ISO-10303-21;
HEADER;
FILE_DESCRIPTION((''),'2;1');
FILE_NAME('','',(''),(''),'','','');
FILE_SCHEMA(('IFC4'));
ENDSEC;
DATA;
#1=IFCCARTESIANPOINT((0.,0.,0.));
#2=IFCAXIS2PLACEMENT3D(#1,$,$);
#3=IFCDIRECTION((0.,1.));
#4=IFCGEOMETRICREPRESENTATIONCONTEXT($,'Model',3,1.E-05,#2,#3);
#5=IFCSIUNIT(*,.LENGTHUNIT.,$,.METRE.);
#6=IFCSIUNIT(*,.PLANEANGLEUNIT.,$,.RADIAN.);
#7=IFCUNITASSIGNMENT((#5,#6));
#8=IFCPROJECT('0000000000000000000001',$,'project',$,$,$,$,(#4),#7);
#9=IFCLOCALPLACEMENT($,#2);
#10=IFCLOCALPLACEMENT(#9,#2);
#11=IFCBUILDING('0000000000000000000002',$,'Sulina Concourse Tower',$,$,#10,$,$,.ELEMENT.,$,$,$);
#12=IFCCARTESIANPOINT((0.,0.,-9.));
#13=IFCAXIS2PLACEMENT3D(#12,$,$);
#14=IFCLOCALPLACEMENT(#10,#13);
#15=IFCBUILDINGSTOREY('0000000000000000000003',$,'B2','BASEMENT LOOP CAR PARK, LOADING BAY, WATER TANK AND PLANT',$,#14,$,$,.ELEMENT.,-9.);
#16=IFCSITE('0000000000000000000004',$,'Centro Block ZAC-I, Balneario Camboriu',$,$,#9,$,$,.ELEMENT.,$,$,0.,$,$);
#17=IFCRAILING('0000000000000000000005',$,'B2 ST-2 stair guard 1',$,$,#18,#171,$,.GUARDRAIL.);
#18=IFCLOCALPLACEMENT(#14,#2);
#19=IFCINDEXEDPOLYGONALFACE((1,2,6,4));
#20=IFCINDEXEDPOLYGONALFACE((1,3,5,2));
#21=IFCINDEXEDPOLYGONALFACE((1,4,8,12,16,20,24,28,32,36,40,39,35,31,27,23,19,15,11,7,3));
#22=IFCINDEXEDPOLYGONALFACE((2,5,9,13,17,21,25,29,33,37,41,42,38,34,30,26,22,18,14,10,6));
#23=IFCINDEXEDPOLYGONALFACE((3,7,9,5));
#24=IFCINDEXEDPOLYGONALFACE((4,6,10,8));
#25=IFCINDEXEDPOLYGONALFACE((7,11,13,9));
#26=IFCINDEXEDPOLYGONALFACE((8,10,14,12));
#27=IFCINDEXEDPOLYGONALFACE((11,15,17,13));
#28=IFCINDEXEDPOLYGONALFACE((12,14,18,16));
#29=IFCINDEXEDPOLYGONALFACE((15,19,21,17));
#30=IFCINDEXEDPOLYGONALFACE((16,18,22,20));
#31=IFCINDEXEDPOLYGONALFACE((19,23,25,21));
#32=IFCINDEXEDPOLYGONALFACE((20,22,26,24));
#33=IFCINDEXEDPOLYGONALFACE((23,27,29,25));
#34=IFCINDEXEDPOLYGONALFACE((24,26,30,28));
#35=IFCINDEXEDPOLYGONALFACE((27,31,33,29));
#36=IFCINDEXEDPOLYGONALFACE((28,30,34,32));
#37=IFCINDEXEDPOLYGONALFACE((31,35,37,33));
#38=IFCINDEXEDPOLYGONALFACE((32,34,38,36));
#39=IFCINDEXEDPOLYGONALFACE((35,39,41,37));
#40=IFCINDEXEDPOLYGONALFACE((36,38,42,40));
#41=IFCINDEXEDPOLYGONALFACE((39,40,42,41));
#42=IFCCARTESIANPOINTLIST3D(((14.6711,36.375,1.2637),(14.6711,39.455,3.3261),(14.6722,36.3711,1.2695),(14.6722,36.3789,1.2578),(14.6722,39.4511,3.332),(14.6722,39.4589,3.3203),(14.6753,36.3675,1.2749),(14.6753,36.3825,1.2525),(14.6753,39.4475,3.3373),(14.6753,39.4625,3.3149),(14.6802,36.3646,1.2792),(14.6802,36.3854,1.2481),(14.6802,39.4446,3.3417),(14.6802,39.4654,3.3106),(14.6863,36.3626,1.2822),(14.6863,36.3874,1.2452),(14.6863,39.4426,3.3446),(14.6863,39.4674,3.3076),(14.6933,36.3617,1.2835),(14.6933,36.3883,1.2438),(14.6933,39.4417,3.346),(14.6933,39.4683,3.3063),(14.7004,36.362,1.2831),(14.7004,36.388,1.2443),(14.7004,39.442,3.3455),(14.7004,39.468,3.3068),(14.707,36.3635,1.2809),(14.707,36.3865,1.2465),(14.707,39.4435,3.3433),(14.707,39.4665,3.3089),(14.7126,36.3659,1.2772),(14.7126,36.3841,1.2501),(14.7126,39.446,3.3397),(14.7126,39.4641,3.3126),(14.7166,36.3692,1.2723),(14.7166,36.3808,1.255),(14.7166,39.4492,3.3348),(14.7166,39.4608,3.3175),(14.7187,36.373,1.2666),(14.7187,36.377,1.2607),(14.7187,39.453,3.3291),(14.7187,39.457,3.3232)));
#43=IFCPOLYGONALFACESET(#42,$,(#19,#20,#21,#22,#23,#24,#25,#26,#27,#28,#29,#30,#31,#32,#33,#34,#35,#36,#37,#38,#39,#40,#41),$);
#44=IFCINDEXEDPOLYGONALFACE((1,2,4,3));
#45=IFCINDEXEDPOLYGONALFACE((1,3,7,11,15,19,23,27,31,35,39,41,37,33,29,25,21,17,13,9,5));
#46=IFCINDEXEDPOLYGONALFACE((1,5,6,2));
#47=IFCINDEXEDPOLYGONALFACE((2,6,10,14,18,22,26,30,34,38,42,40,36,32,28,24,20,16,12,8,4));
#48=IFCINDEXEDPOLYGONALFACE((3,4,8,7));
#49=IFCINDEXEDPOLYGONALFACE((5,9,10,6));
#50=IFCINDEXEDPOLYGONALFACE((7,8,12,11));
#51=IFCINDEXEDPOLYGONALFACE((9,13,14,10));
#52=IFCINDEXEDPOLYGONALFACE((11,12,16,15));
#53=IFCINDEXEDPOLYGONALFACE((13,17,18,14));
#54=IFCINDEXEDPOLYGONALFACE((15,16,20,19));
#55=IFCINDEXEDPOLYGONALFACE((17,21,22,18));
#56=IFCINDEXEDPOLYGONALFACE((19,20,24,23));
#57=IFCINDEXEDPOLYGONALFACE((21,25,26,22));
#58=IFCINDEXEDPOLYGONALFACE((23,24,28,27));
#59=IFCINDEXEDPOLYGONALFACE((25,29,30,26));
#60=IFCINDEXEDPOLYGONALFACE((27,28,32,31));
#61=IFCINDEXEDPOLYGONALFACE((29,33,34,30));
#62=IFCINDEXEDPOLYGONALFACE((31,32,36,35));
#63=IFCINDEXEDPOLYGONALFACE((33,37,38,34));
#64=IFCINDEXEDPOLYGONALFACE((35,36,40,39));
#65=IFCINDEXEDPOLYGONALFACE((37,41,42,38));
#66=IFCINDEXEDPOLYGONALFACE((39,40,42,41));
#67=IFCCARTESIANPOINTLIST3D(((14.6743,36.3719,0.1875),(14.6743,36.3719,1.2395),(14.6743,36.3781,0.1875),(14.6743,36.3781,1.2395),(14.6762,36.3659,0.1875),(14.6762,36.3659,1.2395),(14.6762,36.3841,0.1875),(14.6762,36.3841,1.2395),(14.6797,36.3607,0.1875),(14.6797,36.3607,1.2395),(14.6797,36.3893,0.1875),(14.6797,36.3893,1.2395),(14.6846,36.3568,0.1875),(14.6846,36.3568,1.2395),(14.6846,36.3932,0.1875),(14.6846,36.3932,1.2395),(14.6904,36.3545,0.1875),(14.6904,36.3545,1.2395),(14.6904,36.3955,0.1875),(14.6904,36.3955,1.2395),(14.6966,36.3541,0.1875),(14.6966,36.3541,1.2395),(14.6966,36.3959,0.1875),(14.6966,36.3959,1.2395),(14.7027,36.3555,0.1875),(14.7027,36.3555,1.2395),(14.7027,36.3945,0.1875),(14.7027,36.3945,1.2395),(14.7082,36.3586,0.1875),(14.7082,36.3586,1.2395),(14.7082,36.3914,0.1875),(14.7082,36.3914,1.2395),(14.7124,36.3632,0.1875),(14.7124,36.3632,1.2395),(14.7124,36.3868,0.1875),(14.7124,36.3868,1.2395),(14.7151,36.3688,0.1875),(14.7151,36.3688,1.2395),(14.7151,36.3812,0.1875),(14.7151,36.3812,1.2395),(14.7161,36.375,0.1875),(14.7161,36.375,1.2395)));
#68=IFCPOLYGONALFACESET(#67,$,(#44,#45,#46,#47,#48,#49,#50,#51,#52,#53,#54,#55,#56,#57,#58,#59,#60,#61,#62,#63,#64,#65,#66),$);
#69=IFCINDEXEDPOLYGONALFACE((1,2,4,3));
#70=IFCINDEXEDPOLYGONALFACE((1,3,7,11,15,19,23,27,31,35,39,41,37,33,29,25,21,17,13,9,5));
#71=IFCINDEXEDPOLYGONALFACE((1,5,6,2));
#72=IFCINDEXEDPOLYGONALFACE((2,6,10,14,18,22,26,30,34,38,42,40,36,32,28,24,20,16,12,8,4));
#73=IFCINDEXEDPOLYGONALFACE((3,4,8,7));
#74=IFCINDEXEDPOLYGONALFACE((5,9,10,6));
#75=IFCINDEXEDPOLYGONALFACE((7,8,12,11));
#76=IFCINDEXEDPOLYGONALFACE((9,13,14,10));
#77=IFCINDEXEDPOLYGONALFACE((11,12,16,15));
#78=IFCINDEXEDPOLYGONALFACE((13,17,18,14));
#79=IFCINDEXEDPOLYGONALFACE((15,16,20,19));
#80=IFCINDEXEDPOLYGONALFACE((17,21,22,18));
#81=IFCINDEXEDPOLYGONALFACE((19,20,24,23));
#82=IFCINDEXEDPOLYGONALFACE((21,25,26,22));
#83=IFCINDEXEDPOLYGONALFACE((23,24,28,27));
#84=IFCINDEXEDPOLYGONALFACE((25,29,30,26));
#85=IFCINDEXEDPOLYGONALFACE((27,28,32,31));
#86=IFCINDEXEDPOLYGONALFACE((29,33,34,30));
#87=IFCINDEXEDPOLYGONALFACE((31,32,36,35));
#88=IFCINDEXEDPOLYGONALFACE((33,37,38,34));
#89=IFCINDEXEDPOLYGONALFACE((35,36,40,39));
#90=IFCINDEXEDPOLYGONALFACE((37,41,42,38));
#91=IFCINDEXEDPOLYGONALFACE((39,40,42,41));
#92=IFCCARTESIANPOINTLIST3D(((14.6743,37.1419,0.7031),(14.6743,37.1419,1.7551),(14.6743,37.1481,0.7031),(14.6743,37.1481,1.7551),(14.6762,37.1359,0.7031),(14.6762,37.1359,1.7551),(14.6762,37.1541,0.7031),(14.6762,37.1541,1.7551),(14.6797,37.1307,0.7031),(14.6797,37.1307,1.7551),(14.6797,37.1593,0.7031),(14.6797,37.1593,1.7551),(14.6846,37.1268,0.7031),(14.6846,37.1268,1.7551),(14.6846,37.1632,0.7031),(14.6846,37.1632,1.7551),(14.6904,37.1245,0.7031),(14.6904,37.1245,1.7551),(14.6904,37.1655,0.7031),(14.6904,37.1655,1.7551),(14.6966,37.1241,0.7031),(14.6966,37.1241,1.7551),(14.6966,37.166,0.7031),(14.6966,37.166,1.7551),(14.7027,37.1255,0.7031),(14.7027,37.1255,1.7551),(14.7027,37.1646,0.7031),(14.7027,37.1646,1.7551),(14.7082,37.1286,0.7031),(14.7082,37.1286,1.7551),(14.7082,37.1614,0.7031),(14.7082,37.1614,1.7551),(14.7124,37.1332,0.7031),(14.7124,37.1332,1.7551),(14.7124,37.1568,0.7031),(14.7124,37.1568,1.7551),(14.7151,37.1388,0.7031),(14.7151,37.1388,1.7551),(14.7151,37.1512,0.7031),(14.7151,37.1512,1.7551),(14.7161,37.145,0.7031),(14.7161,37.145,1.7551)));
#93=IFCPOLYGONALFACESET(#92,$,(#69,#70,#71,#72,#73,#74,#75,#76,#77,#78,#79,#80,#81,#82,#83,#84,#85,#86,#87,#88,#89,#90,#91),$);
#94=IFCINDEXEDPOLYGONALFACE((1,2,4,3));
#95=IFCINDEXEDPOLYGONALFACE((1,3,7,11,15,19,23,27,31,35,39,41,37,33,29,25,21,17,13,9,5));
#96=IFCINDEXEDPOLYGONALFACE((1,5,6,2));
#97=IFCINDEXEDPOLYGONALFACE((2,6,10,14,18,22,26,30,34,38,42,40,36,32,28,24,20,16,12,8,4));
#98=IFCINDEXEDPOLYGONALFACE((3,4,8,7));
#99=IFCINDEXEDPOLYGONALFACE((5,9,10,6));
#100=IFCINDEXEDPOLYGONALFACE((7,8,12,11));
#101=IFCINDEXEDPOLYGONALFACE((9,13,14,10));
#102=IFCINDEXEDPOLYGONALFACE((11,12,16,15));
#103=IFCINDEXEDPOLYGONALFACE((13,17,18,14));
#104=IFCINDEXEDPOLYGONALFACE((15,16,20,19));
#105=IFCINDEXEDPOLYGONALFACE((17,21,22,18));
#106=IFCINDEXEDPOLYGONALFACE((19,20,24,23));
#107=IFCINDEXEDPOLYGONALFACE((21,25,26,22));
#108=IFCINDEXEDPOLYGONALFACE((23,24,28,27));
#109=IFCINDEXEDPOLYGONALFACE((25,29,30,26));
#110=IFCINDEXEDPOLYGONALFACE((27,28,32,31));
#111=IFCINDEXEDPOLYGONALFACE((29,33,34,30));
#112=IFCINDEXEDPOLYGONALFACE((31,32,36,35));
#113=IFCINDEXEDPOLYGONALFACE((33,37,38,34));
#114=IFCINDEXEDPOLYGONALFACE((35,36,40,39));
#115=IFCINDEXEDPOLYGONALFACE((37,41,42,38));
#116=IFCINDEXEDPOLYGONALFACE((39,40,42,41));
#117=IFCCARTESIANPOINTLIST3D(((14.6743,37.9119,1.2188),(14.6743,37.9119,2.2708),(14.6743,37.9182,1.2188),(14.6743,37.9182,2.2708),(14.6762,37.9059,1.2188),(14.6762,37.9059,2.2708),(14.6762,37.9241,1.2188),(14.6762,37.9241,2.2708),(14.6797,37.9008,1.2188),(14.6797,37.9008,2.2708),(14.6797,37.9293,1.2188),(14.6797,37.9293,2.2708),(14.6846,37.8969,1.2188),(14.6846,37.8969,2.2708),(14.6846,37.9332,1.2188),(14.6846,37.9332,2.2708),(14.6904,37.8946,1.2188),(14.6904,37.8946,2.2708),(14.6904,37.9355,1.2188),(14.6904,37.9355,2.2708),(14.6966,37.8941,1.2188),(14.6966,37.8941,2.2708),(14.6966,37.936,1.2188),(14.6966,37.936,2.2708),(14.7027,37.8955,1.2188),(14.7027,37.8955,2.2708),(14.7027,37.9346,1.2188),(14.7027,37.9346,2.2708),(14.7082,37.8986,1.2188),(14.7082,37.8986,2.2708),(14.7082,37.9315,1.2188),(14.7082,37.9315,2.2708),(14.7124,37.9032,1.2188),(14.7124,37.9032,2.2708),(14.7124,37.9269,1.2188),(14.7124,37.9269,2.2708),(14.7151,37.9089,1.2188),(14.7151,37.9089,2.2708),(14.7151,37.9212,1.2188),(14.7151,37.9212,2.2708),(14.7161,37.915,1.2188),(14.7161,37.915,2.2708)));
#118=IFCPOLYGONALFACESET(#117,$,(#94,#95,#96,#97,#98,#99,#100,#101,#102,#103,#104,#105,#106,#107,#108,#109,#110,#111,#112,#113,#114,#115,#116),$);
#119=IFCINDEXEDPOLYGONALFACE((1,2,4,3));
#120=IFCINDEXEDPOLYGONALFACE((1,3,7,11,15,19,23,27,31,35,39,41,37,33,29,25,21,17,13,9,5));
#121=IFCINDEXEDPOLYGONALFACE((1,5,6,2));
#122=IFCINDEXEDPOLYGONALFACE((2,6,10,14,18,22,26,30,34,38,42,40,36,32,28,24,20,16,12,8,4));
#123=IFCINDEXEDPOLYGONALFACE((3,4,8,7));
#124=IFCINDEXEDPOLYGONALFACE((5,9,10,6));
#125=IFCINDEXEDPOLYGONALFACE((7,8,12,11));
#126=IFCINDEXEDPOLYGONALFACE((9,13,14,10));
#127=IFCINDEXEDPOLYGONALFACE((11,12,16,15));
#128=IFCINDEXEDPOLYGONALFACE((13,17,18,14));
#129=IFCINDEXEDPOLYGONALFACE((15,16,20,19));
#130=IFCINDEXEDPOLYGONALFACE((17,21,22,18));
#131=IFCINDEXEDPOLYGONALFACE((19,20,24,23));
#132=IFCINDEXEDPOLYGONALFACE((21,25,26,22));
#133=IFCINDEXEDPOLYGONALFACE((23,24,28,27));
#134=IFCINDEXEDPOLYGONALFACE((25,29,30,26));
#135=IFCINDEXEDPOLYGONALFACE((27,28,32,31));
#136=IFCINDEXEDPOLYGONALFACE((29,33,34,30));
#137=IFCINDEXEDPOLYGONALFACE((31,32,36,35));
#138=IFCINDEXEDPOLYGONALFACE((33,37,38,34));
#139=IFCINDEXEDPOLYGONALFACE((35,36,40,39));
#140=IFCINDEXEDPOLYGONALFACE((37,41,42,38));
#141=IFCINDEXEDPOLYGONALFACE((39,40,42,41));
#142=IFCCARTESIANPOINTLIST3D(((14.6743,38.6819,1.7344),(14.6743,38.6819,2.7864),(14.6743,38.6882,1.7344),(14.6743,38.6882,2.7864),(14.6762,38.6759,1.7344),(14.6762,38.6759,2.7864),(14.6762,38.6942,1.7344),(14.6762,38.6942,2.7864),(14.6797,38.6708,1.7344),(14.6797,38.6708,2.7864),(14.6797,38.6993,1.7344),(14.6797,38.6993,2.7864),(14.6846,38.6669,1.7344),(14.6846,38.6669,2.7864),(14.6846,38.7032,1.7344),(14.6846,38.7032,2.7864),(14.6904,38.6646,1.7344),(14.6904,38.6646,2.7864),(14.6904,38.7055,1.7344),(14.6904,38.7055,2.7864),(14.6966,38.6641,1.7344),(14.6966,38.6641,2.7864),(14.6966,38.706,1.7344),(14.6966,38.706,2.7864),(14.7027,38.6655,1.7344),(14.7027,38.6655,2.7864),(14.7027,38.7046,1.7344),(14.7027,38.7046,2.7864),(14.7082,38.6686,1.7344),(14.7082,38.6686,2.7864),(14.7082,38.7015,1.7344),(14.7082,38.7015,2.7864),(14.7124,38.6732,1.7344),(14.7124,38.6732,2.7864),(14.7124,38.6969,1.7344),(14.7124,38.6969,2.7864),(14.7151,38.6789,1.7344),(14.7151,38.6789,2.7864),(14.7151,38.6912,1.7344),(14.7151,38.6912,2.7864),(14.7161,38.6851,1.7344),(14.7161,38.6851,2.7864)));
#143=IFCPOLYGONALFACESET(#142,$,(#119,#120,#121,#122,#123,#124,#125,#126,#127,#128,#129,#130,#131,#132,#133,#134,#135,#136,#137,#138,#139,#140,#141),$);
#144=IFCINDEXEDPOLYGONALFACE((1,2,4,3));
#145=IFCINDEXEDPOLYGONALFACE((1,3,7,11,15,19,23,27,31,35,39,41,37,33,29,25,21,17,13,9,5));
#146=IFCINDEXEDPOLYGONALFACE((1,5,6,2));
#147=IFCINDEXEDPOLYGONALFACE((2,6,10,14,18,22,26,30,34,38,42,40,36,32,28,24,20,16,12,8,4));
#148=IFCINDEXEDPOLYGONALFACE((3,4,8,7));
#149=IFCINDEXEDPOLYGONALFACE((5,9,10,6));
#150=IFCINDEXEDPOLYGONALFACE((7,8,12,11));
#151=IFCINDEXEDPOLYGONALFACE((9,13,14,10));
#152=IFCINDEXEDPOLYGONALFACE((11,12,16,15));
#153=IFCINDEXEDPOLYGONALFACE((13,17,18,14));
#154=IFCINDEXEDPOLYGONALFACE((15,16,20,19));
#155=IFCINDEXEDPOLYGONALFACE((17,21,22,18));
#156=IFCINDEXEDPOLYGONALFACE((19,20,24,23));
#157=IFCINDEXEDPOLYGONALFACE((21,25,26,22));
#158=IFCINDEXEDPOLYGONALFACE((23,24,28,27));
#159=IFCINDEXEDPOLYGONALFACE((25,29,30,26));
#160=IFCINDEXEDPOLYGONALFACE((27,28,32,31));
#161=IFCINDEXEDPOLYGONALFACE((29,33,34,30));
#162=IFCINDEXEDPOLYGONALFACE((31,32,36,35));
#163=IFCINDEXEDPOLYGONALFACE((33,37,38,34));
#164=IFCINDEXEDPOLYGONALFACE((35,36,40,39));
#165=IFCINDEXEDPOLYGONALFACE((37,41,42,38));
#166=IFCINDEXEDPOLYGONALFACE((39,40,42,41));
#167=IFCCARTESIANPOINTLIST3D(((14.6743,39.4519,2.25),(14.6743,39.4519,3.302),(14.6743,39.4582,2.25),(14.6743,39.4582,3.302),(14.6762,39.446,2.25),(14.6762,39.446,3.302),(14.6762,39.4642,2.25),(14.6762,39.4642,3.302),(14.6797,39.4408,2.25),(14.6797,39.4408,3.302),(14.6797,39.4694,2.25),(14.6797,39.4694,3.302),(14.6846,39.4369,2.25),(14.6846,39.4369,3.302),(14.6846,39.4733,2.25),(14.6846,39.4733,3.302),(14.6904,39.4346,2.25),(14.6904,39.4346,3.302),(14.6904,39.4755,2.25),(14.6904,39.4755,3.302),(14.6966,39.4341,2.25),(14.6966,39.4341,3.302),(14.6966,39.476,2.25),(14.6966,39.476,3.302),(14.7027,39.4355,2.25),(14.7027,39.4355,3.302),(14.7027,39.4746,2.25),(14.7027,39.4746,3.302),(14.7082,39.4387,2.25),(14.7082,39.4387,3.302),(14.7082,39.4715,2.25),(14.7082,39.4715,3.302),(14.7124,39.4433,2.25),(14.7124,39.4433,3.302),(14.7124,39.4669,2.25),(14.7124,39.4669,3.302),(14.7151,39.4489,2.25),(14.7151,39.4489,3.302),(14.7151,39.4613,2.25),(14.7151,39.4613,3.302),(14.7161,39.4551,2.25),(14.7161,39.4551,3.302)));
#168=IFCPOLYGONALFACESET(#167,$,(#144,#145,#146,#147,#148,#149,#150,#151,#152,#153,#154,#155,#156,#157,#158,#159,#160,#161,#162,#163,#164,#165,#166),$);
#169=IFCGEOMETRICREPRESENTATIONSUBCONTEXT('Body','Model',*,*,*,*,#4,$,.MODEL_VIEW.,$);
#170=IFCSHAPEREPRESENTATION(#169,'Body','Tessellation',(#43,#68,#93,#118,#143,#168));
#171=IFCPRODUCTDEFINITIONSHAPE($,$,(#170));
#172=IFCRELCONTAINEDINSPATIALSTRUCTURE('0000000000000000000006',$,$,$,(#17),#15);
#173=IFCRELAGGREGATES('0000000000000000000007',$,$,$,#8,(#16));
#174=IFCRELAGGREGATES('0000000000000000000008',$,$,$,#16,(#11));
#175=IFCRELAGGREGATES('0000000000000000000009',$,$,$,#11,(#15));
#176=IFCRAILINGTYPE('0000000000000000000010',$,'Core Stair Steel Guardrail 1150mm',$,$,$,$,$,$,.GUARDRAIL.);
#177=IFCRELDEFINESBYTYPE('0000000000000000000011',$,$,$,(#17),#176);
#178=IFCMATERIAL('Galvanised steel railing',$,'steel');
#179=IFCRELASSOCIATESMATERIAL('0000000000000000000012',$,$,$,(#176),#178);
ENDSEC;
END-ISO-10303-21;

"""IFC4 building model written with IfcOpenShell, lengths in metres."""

from ifc_helpers import new_model, si_unit, direction, frame, origin, origin_2d, place, context, subcontext, project, spatial, circle, extrude, material, type_object, element, save


model = new_model("IFC4")

# Units and contexts
model_context = context("Model", 3, precision=1e-05, world=origin(), true_north=direction((0.0, 1.0)))
body_context = subcontext(model_context, "Body", "Model", "MODEL_VIEW")
ifc_project = project(units=[si_unit("LENGTHUNIT", "METRE"), si_unit("PLANEANGLEUNIT", "RADIAN")], contexts=[model_context])

# Site, building, storey
site_placement = place(None, origin())
site = spatial("IfcSite", under=ifc_project, at=site_placement, Name="Centro Block ZAC-I, Balneario Camboriu", CompositionType="ELEMENT", RefElevation=0.0)
building_placement = place(site_placement, origin())
building = spatial("IfcBuilding", under=site, at=building_placement, Name="Sulina Concourse Tower", CompositionType="ELEMENT")
storey_placement = place(building_placement, frame((0.0, 0.0, -9.0)))
storey = spatial("IfcBuildingStorey", under=building, at=storey_placement, Name="B2", Description="BASEMENT LOOP CAR PARK, LOADING BAY, WATER TANK AND PLANT", CompositionType="ELEMENT", Elevation=-9.0)

# Railing
ifc_material_1 = material(Name="Galvanised steel railing", Category="steel")
railing_type = type_object("IfcRailingType", Name="Core Stair Steel Guardrail 1150mm", PredefinedType="GUARDRAIL", material=ifc_material_1)
railing_1_placement = place(storey_placement, frame((14.6951, 36.375, 0.1875)))
element("IfcRailing", 1, at=railing_1_placement, inside=storey, type_object=railing_type, Name="B2 ST-2 stair guard 1", PredefinedType="GUARDRAIL", context=body_context, shape_type="SweptSolid", body=[
    extrude(circle(Radius=0.0239, at=origin_2d()), frame((0.0, 0.0, 1.0762), z_axis=(0.0, 0.830914, 0.556401), x_axis=(-1.0, 0.0, 0.0)), (0.0, 0.0, 1.0), 3.7068),
    extrude(circle(Radius=0.021, at=origin_2d()), origin(), (0.0, 0.0, 1.0), 1.052),
    extrude(circle(Radius=0.021, at=origin_2d()), frame((0.0, 0.77, 0.5156)), (0.0, 0.0, 1.0), 1.052),
    extrude(circle(Radius=0.021, at=origin_2d()), frame((0.0, 1.54, 1.0312)), (0.0, 0.0, 1.0), 1.052),
    extrude(circle(Radius=0.021, at=origin_2d()), frame((0.0, 2.3101, 1.5469)), (0.0, 0.0, 1.0), 1.052),
    extrude(circle(Radius=0.021, at=origin_2d()), frame((0.0, 3.0801, 2.0625)), (0.0, 0.0, 1.0), 1.052),
])

save(model, "model.ifc")
